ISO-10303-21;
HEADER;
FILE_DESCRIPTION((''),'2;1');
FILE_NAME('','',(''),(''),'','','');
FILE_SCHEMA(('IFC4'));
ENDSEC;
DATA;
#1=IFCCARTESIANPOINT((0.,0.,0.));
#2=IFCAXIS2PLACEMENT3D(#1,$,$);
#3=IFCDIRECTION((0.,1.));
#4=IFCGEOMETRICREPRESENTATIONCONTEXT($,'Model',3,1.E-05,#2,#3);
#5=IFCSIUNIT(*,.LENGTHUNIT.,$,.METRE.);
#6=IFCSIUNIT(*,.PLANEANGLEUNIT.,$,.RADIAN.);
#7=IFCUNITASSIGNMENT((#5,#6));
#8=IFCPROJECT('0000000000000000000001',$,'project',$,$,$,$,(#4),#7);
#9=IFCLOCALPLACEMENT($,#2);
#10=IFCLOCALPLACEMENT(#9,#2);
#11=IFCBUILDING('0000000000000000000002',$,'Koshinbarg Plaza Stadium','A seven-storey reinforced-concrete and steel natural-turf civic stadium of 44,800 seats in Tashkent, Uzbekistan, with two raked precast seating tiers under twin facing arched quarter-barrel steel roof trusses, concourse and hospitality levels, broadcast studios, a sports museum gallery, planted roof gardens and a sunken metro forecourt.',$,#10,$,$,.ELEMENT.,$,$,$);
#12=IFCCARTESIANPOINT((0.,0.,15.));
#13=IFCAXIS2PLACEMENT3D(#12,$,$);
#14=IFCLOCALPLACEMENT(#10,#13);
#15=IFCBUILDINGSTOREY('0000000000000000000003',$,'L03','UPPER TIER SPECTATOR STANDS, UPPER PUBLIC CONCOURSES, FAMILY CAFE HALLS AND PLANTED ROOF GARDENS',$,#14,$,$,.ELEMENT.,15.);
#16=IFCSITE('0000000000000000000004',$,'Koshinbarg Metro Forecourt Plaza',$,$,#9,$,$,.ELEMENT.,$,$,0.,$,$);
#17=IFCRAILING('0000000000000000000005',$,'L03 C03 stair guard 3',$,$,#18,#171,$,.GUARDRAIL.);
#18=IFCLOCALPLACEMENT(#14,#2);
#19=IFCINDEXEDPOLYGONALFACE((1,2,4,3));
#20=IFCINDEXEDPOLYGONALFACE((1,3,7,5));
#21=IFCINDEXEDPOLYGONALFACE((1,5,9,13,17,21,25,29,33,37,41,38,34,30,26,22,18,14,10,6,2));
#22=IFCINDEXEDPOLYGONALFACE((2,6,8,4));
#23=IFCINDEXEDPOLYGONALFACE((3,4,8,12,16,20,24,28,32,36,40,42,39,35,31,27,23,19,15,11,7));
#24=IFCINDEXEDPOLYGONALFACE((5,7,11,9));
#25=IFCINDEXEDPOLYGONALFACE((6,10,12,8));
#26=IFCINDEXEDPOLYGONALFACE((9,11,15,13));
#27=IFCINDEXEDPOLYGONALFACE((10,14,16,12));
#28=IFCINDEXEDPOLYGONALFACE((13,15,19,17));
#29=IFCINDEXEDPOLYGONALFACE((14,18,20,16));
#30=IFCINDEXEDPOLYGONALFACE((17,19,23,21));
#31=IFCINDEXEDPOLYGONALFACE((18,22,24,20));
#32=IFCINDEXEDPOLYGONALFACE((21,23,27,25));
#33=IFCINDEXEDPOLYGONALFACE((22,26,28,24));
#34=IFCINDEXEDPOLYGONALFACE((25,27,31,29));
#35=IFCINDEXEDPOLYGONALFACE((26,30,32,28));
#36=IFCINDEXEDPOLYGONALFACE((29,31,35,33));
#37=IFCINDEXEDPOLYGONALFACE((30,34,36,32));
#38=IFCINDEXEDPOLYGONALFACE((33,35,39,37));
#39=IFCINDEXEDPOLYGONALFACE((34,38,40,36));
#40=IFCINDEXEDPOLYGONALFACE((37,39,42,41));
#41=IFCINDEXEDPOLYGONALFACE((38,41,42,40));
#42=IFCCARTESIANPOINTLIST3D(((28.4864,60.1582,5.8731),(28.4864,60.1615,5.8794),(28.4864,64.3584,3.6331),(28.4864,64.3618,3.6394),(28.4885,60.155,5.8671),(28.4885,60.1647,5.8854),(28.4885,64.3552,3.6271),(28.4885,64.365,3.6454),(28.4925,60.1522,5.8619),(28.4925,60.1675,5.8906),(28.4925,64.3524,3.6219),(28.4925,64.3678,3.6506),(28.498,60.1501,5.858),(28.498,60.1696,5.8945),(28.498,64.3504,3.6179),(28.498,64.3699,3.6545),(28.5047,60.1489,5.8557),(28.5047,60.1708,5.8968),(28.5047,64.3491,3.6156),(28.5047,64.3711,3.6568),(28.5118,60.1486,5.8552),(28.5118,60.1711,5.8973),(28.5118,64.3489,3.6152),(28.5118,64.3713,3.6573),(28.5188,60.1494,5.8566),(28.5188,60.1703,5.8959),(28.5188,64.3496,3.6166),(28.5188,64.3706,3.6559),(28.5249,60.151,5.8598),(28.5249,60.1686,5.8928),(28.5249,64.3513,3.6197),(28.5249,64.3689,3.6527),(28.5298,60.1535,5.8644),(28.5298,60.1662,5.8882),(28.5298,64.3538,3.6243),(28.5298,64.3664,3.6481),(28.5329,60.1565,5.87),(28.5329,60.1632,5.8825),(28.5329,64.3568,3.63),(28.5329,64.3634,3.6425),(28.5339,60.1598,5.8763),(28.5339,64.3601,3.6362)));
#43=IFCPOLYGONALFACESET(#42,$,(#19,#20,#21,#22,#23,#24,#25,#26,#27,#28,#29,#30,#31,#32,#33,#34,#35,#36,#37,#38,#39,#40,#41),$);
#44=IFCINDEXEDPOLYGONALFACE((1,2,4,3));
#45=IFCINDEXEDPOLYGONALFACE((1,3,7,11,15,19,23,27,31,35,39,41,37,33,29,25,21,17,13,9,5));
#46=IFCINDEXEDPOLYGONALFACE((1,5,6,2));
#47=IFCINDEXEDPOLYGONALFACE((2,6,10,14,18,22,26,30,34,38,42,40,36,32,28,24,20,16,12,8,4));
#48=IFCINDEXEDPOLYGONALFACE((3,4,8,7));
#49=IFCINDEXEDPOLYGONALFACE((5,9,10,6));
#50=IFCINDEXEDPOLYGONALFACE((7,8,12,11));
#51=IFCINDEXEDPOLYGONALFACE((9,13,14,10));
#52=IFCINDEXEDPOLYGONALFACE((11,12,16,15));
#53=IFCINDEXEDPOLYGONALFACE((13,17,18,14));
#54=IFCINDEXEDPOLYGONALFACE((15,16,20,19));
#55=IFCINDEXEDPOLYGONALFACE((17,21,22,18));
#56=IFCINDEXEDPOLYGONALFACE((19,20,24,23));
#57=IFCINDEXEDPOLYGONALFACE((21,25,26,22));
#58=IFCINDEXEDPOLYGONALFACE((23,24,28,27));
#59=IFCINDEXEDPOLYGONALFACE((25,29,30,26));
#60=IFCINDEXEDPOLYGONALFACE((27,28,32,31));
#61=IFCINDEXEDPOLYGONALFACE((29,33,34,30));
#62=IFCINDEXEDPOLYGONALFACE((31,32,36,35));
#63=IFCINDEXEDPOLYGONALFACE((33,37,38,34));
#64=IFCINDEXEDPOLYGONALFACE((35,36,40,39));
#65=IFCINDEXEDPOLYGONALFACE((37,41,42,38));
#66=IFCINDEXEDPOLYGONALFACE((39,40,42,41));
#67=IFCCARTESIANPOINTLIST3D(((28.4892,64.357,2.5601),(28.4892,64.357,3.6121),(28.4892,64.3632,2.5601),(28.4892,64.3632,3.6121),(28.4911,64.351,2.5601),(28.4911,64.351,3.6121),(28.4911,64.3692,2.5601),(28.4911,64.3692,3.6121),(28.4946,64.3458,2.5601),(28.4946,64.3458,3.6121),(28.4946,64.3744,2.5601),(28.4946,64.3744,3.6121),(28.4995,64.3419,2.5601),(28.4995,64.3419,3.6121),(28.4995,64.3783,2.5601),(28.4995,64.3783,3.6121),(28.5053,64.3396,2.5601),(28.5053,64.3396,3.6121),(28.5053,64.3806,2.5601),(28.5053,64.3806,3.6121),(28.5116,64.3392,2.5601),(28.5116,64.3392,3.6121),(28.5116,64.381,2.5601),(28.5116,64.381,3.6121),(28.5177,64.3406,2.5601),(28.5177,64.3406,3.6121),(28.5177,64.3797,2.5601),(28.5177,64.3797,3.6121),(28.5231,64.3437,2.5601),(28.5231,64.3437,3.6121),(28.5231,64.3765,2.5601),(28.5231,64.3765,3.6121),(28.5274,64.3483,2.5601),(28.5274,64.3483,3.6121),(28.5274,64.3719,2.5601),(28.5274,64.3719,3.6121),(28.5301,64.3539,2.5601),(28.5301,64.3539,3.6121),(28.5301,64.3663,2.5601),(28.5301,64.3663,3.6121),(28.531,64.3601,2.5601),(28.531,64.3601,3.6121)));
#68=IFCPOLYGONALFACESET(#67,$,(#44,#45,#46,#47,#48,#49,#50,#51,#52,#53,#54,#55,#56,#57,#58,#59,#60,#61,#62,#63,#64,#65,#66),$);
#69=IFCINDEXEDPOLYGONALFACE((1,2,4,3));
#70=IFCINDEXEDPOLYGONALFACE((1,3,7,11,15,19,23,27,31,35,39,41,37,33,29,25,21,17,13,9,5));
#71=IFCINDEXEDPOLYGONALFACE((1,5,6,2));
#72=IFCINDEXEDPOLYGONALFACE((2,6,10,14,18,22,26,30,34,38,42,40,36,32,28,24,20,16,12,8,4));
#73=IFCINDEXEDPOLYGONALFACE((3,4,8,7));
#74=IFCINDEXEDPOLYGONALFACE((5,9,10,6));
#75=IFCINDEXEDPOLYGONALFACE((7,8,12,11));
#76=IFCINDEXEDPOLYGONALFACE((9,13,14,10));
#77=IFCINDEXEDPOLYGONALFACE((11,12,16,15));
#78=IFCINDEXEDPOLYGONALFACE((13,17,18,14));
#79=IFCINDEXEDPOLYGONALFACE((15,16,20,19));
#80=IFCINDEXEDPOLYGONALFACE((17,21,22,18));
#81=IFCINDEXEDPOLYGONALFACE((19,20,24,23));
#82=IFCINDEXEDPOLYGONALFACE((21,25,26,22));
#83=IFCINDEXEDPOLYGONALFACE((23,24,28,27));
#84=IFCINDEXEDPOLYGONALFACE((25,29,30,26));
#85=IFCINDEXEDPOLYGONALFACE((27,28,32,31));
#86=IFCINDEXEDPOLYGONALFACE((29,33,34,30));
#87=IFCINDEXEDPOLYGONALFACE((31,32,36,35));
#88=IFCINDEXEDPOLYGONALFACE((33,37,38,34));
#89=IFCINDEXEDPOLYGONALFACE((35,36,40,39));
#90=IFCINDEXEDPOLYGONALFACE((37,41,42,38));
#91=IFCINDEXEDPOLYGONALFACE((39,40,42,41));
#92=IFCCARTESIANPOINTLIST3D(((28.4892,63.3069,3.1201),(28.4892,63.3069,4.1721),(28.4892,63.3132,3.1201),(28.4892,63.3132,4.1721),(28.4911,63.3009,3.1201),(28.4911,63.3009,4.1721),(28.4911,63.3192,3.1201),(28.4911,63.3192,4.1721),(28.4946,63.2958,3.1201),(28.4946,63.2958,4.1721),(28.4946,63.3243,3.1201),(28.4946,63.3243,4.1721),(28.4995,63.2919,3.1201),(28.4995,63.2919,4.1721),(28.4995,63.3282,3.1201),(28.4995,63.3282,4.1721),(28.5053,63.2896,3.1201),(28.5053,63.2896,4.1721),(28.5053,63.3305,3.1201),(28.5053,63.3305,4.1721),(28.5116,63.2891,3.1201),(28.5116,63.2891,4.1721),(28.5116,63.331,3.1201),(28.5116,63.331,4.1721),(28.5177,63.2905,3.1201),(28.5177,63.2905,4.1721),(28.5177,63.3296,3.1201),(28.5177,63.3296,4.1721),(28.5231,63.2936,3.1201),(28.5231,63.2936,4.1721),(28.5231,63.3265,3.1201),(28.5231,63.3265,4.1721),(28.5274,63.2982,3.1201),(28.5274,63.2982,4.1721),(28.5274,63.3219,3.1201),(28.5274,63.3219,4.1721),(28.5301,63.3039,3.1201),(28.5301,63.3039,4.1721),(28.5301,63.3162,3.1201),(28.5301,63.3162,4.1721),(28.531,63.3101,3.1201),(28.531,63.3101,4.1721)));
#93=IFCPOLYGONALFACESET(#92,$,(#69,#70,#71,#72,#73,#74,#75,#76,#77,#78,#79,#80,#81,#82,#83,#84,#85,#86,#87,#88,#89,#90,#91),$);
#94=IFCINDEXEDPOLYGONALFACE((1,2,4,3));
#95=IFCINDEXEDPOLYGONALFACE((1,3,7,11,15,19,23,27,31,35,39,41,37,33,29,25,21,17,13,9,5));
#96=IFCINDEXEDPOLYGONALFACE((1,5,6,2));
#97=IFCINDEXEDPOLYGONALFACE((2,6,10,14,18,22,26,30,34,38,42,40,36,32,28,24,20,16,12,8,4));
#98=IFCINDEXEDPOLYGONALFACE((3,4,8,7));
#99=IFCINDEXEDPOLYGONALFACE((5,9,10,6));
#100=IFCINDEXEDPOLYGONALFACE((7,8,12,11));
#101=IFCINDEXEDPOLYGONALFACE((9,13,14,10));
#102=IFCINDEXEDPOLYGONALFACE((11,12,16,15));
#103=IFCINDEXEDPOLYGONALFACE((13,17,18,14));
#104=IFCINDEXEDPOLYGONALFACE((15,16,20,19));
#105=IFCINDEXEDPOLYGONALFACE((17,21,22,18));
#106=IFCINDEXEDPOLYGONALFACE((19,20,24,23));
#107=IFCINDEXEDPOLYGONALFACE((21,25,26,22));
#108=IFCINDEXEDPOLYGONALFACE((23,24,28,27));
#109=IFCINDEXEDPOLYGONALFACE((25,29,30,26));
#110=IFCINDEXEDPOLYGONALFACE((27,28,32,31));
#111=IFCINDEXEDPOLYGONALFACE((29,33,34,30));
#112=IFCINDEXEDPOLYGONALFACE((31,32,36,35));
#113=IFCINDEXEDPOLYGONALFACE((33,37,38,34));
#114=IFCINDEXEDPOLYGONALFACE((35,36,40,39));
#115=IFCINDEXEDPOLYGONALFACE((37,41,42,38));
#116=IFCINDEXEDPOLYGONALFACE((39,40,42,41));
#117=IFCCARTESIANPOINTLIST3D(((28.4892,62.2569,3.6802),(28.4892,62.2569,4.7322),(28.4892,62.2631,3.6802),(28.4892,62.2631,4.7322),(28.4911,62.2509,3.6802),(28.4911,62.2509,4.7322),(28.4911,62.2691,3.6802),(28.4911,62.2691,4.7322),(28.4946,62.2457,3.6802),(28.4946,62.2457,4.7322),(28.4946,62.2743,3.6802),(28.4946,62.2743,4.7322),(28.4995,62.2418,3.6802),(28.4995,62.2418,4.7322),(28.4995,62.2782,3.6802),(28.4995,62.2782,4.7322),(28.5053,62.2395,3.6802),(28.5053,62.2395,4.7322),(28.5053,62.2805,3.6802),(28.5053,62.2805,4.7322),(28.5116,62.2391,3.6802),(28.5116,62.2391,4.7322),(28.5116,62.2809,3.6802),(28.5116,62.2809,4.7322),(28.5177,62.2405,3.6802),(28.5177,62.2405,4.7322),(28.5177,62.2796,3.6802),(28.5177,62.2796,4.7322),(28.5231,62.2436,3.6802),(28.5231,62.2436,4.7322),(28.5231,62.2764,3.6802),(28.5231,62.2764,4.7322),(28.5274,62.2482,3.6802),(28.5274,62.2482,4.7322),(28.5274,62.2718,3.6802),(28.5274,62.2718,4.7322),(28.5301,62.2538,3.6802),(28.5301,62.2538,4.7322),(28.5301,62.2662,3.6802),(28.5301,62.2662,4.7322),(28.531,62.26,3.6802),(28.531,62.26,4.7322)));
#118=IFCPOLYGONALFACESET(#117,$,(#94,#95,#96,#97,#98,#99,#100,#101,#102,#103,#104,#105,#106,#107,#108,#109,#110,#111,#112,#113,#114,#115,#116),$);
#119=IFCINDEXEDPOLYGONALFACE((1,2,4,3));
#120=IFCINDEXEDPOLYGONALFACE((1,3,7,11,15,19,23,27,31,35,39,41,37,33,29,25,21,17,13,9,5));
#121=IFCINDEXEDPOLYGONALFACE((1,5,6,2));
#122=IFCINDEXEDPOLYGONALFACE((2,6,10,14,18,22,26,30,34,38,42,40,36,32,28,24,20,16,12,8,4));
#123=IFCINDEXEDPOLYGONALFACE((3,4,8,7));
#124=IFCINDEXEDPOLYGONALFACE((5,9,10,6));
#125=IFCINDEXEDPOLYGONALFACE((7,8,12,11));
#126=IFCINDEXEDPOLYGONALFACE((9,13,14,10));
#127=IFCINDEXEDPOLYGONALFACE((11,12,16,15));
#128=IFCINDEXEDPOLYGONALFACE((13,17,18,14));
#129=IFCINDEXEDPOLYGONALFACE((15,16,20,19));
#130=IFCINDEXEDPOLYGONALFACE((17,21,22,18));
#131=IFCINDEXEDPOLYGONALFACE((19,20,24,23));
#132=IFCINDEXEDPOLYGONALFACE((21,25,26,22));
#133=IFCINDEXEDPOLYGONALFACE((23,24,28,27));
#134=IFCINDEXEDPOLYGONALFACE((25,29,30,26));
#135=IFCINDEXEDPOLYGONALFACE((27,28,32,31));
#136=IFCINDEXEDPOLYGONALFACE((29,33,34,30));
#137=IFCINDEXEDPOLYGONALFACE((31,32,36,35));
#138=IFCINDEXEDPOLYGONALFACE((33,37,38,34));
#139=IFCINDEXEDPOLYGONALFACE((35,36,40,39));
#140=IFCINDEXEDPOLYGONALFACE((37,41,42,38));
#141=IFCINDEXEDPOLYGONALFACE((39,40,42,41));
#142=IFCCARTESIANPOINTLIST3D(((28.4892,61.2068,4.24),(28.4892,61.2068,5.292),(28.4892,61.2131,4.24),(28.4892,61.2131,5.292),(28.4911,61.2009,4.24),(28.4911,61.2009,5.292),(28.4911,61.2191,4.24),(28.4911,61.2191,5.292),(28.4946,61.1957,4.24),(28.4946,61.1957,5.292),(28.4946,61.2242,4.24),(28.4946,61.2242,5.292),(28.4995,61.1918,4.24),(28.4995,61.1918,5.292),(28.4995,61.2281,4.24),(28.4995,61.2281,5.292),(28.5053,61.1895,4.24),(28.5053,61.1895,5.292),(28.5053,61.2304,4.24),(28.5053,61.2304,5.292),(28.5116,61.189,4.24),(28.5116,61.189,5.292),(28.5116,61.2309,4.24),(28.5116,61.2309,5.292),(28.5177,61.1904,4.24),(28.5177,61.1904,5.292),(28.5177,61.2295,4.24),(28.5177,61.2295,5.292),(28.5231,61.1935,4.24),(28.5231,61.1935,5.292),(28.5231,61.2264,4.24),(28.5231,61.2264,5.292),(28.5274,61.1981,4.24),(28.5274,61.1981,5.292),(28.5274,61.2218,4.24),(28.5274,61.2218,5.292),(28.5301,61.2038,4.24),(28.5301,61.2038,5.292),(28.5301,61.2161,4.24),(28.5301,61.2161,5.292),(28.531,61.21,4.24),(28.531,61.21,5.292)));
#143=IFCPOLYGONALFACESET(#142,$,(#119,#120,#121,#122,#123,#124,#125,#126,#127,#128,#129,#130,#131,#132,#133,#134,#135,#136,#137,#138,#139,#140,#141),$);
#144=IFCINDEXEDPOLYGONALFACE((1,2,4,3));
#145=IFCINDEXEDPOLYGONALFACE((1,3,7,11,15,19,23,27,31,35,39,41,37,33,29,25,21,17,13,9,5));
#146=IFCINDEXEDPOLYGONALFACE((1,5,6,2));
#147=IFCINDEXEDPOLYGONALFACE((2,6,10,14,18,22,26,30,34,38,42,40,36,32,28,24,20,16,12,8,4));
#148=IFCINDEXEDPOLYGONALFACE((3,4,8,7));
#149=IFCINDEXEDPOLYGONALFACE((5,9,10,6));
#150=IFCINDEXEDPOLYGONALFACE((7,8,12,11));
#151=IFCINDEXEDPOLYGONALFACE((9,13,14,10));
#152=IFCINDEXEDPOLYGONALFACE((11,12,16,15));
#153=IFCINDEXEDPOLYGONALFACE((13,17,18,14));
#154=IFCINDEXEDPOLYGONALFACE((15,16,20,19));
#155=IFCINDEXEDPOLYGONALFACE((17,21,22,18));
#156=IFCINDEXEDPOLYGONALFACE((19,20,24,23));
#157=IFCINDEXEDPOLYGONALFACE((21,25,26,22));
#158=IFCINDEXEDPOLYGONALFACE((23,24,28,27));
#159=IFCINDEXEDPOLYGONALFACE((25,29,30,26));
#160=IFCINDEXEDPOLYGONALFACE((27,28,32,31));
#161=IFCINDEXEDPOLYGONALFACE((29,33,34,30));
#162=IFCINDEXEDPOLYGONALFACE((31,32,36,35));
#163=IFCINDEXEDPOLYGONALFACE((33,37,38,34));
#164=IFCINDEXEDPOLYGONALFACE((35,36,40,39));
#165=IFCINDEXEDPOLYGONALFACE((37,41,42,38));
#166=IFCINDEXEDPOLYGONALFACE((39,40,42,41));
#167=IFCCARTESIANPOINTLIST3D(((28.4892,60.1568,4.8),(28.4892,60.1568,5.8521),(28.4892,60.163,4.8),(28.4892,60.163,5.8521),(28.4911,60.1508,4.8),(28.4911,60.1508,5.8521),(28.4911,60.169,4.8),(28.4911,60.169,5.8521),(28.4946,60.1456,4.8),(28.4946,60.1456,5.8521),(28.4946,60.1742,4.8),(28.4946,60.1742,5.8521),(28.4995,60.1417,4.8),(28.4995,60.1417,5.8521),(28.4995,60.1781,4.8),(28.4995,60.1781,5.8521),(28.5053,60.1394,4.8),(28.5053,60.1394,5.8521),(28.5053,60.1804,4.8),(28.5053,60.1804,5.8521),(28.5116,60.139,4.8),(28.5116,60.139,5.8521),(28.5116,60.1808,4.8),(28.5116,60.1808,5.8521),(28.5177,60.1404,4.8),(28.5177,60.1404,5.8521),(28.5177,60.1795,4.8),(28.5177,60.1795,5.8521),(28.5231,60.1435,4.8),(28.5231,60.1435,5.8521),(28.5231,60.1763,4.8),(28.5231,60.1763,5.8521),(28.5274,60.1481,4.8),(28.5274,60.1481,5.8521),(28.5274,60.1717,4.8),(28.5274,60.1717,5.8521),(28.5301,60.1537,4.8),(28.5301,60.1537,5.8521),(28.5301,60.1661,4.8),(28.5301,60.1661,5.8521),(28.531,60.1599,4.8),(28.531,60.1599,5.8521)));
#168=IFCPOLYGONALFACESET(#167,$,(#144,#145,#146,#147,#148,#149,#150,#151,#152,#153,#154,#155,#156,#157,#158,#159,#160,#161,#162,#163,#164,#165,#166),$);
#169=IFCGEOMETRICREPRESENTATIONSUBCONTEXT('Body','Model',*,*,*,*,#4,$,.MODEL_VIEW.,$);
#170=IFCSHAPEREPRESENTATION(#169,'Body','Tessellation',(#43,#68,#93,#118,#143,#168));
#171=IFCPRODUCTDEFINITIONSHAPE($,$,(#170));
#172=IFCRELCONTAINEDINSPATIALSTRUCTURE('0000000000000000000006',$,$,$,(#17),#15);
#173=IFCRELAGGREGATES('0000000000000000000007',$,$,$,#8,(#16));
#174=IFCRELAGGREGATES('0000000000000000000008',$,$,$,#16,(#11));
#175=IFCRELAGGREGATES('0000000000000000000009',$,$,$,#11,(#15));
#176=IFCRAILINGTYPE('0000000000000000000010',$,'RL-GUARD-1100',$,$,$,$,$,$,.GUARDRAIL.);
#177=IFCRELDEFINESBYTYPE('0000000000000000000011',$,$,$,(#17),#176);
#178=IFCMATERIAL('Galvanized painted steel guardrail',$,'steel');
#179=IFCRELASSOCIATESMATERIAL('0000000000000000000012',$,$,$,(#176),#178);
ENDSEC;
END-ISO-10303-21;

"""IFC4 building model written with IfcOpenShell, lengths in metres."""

from ifc_helpers import new_model, si_unit, direction, frame, origin, origin_2d, place, context, subcontext, project, spatial, circle, extrude, material, type_object, element, save


model = new_model("IFC4")

# Units and contexts
model_context = context("Model", 3, precision=1e-05, world=origin(), true_north=direction((0.0, 1.0)))
body_context = subcontext(model_context, "Body", "Model", "MODEL_VIEW")
ifc_project = project(units=[si_unit("LENGTHUNIT", "METRE"), si_unit("PLANEANGLEUNIT", "RADIAN")], contexts=[model_context])

# Site, building, storey
site_placement = place(None, origin())
site = spatial("IfcSite", under=ifc_project, at=site_placement, Name="Koshinbarg Metro Forecourt Plaza", CompositionType="ELEMENT", RefElevation=0.0)
building_placement = place(site_placement, origin())
building = spatial("IfcBuilding", under=site, at=building_placement, Name="Koshinbarg Plaza Stadium", Description="A seven-storey reinforced-concrete and steel natural-turf civic stadium of 44,800 seats in Tashkent, Uzbekistan, with two raked precast seating tiers under twin facing arched quarter-barrel steel roof trusses, concourse and hospitality levels, broadcast studios, a sports museum gallery, planted roof gardens and a sunken metro forecourt.", CompositionType="ELEMENT")
storey_placement = place(building_placement, frame((0.0, 0.0, 15.0)))
storey = spatial("IfcBuildingStorey", under=building, at=storey_placement, Name="L03", Description="UPPER TIER SPECTATOR STANDS, UPPER PUBLIC CONCOURSES, FAMILY CAFE HALLS AND PLANTED ROOF GARDENS", CompositionType="ELEMENT", Elevation=15.0)

# Railing
ifc_material_1 = material(Name="Galvanized painted steel guardrail", Category="steel")
railing_type_1 = type_object("IfcRailingType", Name="RL-GUARD-1100", PredefinedType="GUARDRAIL", material=ifc_material_1)
for number, where, name in (
    (1, (28.51, 64.3601, 2.5601), "L03 C03 stair guard 3"),
):
    element("IfcRailing", number, at=place(storey_placement, frame(where)), inside=storey, type_object=railing_type_1, Name=name, PredefinedType="GUARDRAIL", context=body_context, shape_type="SweptSolid", body=[
        extrude(circle(Radius=0.0239, at=origin_2d()), frame((0.0, 0.0, 1.0762), z_axis=(0.0, -0.882363, 0.47057), x_axis=(1.0, 0.0, 0.0)), (0.0, 0.0, 1.0), 4.7603),
        extrude(circle(Radius=0.021, at=origin_2d()), origin(), (0.0, 0.0, 1.0), 1.052),
        extrude(circle(Radius=0.021, at=origin_2d()), frame((0.0, -1.05, 0.5601)), (0.0, 0.0, 1.0), 1.052),
        extrude(circle(Radius=0.021, at=origin_2d()), frame((0.0, -2.1001, 1.1201)), (0.0, 0.0, 1.0), 1.052),
        extrude(circle(Radius=0.021, at=origin_2d()), frame((0.0, -3.1501, 1.6799)), (0.0, 0.0, 1.0), 1.052),
        extrude(circle(Radius=0.021, at=origin_2d()), frame((0.0, -4.2002, 2.24)), (0.0, 0.0, 1.0), 1.052),
    ])

save(model, "model.ifc")
